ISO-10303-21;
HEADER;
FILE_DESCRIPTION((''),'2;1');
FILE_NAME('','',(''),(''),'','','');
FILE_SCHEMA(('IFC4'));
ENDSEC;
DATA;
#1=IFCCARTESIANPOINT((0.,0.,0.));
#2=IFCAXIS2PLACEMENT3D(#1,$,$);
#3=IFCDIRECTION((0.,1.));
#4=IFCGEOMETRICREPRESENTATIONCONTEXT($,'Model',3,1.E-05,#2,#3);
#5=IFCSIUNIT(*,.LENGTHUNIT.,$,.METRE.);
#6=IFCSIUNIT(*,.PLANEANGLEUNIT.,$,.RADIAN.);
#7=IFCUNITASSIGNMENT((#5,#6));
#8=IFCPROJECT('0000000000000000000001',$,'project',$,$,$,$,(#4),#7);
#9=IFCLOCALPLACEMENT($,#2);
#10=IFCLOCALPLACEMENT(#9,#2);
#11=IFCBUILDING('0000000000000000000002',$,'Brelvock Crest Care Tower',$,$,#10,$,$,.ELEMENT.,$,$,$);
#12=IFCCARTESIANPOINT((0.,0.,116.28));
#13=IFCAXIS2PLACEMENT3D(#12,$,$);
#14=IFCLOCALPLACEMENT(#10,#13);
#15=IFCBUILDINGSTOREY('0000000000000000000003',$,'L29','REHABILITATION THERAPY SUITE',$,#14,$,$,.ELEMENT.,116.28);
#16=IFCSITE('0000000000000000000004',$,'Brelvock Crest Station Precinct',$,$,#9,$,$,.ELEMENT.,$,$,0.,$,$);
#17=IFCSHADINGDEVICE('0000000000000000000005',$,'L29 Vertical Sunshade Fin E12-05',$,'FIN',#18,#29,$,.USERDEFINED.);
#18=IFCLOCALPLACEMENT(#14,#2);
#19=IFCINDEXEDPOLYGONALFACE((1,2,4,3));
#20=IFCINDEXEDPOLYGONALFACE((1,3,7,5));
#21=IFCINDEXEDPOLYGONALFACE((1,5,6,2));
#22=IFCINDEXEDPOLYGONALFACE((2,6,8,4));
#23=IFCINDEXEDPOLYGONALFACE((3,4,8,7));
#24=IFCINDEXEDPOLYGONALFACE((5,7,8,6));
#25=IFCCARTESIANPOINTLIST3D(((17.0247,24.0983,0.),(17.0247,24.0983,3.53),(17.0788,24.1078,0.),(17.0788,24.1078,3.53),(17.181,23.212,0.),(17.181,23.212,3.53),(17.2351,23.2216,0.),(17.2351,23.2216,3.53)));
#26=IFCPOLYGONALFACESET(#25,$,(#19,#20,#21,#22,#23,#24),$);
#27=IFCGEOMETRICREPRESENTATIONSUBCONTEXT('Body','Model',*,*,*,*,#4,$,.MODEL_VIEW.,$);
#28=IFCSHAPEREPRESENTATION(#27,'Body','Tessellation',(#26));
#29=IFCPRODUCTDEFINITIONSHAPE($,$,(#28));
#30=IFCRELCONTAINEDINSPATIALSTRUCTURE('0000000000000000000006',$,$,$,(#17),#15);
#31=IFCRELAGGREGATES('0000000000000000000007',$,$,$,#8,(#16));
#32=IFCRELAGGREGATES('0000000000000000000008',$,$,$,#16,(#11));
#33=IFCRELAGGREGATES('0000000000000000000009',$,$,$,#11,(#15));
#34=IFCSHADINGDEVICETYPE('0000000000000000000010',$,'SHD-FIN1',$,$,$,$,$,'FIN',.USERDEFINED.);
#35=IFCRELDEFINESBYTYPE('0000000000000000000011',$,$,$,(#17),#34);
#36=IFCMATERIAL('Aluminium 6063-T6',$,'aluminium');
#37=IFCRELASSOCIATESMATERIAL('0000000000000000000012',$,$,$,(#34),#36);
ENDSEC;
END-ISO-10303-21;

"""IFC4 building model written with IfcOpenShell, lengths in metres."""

from ifc_helpers import new_model, si_unit, direction, frame, origin, origin_2d, place, context, subcontext, project, spatial, rectangle, extrude, source, transform, mapped, material, material_profile, profile_set, type_object, element, save


model = new_model("IFC4")

# Units and contexts
model_context = context("Model", 3, precision=1e-05, world=origin(), true_north=direction((0.0, 1.0)))
body_context = subcontext(model_context, "Body", "Model", "MODEL_VIEW")
ifc_project = project(units=[si_unit("LENGTHUNIT", "METRE"), si_unit("PLANEANGLEUNIT", "RADIAN")], contexts=[model_context])

# Site, building, storey
site_placement = place(None, origin())
site = spatial("IfcSite", under=ifc_project, at=site_placement, Name="Brelvock Crest Station Precinct", CompositionType="ELEMENT", RefElevation=0.0)
building_placement = place(site_placement, origin())
building = spatial("IfcBuilding", under=site, at=building_placement, Name="Brelvock Crest Care Tower", CompositionType="ELEMENT")
storey_placement = place(building_placement, frame((0.0, 0.0, 116.28)))
storey = spatial("IfcBuildingStorey", under=building, at=storey_placement, Name="L29", Description="REHABILITATION THERAPY SUITE", CompositionType="ELEMENT", Elevation=116.28)

# Shading device
ifc_material_1 = material(Name="Aluminium 6063-T6", Category="aluminium")
ifc_material_profile_1 = material_profile(ifc_material_1, rectangle(XDim=0.0549, YDim=0.8999, at=origin_2d()), Name="FIN55x900")
ifc_profile_set_1 = profile_set([ifc_material_profile_1], Name="Aluminium 6063-T6")
shading_device_type = type_object("IfcShadingDeviceType", Name="SHD-FIN1", ElementType="FIN", PredefinedType="USERDEFINED", material=ifc_profile_set_1)
shared_shape_1 = source(origin(), body_context, "Body", "SweptSolid", [
    extrude(rectangle(XDim=0.0549, YDim=0.8999, at=origin_2d()), origin(), (0.0, 0.0, 1.0), 3.53),
])
for number, where, z_axis, x_axis, name in (
    (1, (17.1299, 23.6599, 0.0), (0.0, 0.0, 1.0), (-0.984808, -0.173648, 0.0), "L29 Vertical Sunshade Fin E12-05"),
):
    element("IfcShadingDevice", number, at=place(storey_placement, frame(where, z_axis=z_axis, x_axis=x_axis)), inside=storey, type_object=shading_device_type, Name=name, ObjectType="FIN", PredefinedType="USERDEFINED", context=body_context, shape_type="MappedRepresentation", body=[
        mapped(shared_shape_1, transform((0.0, 0.0, 0.0), x_axis=(1.0, 0.0, 0.0), y_axis=(0.0, 1.0, 0.0), z_axis=(0.0, 0.0, 1.0), scale=1.0)),
    ])

save(model, "model.ifc")
